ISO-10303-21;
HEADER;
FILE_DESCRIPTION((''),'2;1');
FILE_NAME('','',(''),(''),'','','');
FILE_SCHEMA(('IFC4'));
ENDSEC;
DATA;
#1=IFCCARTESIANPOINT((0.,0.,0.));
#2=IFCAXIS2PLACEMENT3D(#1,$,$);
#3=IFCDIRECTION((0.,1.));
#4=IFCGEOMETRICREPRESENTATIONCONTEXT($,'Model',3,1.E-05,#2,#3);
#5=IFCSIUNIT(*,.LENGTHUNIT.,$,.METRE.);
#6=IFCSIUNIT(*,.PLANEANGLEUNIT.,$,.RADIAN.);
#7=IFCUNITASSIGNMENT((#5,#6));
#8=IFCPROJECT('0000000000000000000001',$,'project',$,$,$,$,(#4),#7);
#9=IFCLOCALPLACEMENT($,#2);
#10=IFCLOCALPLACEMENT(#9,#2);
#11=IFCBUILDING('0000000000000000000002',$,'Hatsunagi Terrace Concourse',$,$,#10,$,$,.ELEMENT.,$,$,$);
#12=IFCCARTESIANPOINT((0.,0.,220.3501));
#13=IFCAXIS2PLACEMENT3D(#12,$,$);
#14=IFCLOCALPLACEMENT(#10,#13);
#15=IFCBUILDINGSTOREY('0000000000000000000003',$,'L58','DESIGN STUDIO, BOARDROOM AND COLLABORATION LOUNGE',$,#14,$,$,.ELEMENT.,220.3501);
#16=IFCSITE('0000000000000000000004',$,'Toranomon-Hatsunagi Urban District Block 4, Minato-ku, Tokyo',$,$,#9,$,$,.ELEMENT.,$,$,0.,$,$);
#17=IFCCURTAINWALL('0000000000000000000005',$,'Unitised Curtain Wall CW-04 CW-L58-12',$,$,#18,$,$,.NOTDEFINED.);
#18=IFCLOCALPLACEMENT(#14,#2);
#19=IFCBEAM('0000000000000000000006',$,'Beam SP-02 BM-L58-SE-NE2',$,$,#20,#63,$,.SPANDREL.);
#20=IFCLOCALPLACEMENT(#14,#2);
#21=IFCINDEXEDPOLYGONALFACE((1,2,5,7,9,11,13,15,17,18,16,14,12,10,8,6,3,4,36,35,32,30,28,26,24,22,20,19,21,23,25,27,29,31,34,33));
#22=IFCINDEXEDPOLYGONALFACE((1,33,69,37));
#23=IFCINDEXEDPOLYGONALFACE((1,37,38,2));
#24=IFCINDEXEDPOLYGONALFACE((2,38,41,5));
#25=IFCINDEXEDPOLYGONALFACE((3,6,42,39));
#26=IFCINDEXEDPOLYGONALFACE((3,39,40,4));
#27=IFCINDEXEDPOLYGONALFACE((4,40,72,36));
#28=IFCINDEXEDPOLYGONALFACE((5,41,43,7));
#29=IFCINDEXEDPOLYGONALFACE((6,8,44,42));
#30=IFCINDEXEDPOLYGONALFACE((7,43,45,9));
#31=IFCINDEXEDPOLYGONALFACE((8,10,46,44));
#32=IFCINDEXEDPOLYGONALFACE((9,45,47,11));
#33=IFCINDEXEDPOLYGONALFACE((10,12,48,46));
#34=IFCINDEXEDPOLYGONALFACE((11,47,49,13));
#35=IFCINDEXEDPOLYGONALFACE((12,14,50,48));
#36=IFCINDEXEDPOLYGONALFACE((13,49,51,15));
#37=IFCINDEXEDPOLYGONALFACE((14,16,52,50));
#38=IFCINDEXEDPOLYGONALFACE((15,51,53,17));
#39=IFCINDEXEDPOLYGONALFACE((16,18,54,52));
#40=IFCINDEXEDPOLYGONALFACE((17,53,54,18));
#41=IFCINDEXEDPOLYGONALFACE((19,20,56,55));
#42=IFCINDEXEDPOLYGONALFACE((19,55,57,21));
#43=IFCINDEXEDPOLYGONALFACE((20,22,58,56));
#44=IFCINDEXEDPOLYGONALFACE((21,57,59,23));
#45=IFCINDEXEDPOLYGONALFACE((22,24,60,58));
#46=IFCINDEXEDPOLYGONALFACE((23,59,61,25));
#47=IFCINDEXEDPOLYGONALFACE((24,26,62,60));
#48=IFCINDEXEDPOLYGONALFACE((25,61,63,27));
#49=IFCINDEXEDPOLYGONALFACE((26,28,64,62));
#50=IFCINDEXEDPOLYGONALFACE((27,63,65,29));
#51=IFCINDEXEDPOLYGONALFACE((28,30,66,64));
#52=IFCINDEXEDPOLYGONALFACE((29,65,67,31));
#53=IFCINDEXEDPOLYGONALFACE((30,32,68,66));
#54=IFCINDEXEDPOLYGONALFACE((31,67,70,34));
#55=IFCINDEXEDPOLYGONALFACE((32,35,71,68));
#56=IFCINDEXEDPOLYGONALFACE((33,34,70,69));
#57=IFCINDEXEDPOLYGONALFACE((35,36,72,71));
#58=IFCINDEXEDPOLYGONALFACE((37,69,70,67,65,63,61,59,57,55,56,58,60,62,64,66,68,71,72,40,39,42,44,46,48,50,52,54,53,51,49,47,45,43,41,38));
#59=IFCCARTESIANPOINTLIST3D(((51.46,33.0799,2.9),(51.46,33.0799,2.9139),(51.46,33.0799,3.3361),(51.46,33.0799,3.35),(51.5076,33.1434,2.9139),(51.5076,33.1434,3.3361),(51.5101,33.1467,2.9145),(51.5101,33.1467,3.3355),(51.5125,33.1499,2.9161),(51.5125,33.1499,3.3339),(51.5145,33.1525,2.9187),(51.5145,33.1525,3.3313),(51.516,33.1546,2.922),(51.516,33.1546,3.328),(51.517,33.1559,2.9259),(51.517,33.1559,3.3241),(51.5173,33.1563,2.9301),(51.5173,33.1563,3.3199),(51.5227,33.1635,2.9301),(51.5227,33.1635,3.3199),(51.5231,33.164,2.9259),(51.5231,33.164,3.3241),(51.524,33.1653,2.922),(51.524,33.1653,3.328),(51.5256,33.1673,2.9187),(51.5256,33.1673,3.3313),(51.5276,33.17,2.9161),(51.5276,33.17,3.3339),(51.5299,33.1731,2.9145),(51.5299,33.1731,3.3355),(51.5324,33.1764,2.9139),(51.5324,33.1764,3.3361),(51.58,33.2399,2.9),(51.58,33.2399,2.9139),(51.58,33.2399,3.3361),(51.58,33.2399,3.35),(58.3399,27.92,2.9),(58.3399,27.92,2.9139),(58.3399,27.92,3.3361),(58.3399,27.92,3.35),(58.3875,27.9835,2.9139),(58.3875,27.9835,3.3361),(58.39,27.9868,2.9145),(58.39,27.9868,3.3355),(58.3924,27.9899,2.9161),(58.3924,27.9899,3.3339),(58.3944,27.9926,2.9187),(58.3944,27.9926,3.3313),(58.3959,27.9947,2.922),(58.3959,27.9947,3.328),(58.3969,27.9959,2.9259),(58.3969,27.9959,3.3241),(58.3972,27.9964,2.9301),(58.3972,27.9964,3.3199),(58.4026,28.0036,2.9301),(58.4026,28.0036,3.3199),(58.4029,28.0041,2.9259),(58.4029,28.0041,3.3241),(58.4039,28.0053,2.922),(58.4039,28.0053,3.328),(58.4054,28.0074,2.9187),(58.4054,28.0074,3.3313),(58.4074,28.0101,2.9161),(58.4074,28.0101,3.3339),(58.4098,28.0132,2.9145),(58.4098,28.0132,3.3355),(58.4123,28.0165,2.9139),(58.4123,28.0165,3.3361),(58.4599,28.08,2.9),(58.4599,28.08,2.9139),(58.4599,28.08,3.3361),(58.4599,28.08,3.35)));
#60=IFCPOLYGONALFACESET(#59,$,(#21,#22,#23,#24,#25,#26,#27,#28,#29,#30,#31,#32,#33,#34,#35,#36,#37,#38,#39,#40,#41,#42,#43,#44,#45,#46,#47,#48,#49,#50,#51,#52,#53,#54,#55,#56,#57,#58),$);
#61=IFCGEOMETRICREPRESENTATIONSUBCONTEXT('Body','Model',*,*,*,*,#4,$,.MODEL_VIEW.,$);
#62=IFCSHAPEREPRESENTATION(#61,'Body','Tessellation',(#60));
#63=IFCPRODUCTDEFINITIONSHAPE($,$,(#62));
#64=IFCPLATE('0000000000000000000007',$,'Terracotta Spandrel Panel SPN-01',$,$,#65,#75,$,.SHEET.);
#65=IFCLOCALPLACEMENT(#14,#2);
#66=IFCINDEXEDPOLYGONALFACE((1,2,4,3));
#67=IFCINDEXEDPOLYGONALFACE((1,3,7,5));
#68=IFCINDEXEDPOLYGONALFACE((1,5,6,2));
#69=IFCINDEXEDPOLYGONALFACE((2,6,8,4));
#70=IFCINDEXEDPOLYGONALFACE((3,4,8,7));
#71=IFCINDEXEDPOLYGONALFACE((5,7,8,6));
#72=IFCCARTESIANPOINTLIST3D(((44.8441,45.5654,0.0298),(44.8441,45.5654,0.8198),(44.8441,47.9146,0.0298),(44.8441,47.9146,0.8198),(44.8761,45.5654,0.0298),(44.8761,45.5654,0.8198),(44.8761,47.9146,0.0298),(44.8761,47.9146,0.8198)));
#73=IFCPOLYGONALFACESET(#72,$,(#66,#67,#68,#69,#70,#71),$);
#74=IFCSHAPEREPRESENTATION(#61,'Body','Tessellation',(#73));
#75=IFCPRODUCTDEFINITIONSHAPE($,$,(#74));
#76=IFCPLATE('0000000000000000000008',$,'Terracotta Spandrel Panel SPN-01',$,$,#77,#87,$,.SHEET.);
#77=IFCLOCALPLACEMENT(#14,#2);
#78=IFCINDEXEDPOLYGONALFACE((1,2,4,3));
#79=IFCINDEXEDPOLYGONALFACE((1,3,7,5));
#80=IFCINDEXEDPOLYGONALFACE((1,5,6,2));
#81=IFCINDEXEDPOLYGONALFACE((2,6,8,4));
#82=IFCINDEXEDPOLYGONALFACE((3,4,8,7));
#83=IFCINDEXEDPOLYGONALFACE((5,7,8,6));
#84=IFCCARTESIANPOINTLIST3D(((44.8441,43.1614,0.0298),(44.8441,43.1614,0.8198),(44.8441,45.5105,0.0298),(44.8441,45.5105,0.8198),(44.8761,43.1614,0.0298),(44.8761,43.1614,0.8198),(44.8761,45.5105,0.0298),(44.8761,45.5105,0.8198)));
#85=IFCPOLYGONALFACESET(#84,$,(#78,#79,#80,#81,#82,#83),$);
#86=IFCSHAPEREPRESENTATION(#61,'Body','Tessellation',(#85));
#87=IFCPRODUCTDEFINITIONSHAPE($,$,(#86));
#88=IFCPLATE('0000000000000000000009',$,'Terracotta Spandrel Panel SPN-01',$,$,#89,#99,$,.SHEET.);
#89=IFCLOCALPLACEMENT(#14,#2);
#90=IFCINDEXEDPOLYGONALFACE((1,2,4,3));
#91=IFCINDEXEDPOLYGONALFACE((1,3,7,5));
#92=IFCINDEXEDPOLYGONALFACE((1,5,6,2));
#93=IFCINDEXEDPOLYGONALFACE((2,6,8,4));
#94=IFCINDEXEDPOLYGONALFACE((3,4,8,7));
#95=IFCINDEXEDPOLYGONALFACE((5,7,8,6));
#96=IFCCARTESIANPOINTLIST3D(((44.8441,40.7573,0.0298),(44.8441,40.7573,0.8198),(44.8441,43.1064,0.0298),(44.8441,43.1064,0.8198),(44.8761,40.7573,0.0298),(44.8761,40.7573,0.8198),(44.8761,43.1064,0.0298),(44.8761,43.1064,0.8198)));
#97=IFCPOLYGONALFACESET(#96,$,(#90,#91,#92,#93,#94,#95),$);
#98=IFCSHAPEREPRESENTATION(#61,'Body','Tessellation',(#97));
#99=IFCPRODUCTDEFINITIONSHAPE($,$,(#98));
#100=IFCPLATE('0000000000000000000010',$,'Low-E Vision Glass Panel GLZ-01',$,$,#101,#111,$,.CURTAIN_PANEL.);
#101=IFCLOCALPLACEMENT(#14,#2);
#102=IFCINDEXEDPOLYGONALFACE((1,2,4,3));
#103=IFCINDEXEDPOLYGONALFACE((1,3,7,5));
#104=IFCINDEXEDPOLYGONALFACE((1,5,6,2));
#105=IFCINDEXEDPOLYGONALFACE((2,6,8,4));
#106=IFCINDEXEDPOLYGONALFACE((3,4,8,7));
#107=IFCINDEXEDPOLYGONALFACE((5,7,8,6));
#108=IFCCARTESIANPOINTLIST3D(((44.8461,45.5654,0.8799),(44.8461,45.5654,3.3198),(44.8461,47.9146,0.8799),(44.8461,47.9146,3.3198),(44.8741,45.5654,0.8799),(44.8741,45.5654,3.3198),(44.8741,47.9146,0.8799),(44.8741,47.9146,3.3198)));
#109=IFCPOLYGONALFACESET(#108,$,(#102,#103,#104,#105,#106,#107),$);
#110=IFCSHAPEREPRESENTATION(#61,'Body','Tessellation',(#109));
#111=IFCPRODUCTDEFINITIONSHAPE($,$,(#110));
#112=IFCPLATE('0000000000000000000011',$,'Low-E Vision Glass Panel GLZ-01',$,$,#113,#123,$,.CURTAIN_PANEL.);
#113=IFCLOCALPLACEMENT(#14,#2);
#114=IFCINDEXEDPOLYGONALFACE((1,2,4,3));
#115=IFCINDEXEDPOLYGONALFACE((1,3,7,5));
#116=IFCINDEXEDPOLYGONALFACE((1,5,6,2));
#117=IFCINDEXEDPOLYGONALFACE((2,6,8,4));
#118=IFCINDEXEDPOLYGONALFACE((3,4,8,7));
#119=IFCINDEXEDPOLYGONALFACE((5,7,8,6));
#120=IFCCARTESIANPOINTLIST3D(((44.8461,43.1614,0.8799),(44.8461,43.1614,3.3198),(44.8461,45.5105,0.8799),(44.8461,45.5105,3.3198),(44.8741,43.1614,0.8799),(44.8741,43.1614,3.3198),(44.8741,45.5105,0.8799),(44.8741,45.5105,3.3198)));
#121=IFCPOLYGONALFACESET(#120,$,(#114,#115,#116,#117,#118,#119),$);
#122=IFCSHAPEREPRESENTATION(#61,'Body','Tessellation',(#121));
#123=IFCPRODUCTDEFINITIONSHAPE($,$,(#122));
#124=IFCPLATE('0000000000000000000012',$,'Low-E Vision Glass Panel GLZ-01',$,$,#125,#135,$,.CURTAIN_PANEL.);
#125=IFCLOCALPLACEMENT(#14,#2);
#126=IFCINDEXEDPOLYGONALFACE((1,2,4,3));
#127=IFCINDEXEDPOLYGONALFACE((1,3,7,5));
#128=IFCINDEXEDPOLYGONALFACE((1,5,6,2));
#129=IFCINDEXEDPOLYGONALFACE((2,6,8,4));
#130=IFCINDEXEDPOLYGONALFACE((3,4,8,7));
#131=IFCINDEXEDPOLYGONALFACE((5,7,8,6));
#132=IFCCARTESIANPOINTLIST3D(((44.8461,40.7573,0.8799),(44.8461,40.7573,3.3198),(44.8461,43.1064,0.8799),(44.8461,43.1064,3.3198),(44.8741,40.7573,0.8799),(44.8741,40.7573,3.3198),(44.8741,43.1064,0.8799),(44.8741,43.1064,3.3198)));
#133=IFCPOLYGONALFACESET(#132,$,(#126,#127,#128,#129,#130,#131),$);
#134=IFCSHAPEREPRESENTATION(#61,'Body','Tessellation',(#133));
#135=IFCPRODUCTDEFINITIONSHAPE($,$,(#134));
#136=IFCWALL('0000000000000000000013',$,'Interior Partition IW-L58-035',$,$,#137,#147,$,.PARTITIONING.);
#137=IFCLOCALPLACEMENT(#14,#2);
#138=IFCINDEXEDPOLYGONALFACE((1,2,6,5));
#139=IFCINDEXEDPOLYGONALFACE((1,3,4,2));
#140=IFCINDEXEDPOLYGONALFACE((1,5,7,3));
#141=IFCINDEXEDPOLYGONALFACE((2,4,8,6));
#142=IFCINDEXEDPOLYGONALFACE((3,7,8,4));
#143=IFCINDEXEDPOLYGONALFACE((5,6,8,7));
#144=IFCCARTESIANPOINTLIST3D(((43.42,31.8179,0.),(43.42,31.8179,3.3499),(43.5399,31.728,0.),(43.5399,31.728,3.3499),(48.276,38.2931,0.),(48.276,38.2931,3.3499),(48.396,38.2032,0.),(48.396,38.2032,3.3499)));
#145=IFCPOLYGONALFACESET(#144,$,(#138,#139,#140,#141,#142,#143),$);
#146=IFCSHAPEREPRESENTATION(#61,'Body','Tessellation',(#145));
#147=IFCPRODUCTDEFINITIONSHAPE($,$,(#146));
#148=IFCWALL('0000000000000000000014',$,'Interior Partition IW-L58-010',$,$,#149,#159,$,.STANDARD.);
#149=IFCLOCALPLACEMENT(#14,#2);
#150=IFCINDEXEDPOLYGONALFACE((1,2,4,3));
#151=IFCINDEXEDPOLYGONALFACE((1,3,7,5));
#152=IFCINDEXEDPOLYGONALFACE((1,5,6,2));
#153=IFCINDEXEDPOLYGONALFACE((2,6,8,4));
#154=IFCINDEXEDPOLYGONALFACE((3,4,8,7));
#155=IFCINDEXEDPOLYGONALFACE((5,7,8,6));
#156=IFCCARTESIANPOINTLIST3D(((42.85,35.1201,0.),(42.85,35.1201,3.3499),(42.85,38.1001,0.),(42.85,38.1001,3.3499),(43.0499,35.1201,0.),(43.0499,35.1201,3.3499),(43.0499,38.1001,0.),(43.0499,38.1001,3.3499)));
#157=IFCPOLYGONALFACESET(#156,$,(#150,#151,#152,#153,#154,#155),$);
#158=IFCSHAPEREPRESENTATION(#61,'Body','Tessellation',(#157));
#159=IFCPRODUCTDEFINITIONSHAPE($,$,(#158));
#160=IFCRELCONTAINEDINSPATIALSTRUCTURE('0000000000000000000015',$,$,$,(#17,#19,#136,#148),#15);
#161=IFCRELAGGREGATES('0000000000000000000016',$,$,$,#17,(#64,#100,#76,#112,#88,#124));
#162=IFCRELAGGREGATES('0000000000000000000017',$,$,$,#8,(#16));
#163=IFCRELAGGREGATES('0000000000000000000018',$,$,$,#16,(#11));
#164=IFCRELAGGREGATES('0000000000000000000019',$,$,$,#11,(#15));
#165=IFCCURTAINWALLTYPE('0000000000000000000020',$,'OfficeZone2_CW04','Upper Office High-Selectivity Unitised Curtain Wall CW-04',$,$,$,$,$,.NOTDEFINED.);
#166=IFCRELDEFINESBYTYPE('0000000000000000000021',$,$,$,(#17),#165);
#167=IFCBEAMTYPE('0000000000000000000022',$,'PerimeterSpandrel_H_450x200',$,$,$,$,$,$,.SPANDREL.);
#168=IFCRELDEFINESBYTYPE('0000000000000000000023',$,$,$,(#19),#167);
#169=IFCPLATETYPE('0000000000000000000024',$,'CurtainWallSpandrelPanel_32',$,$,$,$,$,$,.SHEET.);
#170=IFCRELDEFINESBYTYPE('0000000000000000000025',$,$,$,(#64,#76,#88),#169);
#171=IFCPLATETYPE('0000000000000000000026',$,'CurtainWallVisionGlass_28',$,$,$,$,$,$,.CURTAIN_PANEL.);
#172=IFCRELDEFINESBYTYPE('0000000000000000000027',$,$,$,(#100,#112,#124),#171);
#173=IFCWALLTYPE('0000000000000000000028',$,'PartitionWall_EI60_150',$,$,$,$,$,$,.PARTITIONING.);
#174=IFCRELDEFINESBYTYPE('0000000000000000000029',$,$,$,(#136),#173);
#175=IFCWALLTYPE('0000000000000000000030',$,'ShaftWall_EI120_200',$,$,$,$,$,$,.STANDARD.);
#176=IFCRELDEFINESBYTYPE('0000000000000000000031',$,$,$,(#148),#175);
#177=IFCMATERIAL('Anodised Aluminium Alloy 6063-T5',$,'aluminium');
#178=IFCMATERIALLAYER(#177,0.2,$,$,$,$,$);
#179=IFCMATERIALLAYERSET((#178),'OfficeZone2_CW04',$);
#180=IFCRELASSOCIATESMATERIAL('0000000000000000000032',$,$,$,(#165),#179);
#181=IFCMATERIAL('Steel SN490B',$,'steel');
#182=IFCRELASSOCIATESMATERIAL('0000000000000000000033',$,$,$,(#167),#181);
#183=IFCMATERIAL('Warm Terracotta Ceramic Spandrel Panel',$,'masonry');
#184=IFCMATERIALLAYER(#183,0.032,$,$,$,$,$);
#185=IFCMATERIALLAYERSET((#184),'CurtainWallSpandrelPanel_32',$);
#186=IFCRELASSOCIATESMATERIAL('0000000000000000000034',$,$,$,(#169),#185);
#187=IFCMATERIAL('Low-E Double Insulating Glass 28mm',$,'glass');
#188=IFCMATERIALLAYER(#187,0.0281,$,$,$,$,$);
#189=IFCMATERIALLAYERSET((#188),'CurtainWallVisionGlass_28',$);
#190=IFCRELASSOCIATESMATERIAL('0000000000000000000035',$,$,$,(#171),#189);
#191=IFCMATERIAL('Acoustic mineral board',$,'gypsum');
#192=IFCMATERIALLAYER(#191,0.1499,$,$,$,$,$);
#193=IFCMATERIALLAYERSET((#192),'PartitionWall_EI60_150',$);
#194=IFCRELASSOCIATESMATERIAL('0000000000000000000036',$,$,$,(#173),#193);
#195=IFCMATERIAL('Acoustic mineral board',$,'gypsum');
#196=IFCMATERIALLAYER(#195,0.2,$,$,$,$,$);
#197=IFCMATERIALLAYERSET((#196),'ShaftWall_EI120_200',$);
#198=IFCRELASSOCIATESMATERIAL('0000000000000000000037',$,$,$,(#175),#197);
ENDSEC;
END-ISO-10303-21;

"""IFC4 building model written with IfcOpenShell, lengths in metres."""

from ifc_helpers import new_model, si_unit, direction, frame, frame_2d, origin, origin_2d, place, context, subcontext, project, spatial, rectangle, i_section, extrude, material, layer, layer_set, material_profile, profile_set, type_object, element, aggregate, save


model = new_model("IFC4")

# Units and contexts
model_context = context("Model", 3, precision=1e-05, world=origin(), true_north=direction((0.0, 1.0)))
body_context = subcontext(model_context, "Body", "Model", "MODEL_VIEW")
ifc_project = project(units=[si_unit("LENGTHUNIT", "METRE"), si_unit("PLANEANGLEUNIT", "RADIAN")], contexts=[model_context])

# Site, building, storey
site_placement = place(None, origin())
site = spatial("IfcSite", under=ifc_project, at=site_placement, Name="Toranomon-Hatsunagi Urban District Block 4, Minato-ku, Tokyo", CompositionType="ELEMENT", RefElevation=0.0)
building_placement = place(site_placement, origin())
building = spatial("IfcBuilding", under=site, at=building_placement, Name="Hatsunagi Terrace Concourse", CompositionType="ELEMENT")
storey_placement = place(building_placement, frame((0.0, 0.0, 220.3501)))
storey = spatial("IfcBuildingStorey", under=building, at=storey_placement, Name="L58", Description="DESIGN STUDIO, BOARDROOM AND COLLABORATION LOUNGE", CompositionType="ELEMENT", Elevation=220.3501)

# Curtain wall
ifc_material_1 = material(Name="Anodised Aluminium Alloy 6063-T5", Category="aluminium")
ifc_layer_1 = layer(ifc_material_1, 0.2)
ifc_layer_set_1 = layer_set([ifc_layer_1], Name="OfficeZone2_CW04")
curtain_wall_type = type_object("IfcCurtainWallType", Name="OfficeZone2_CW04", Description="Upper Office High-Selectivity Unitised Curtain Wall CW-04", PredefinedType="NOTDEFINED", material=ifc_layer_set_1)
curtain_wall_placement = place(storey_placement, origin())
curtain_wall = element("IfcCurtainWall", 1, at=curtain_wall_placement, inside=storey, type_object=curtain_wall_type, Name="Unitised Curtain Wall CW-04 CW-L58-12", PredefinedType="NOTDEFINED")

# Beam
ifc_material_2 = material(Name="Steel SN490B", Category="steel")
ifc_material_profile_1 = material_profile(ifc_material_2, i_section(OverallWidth=0.2, OverallDepth=0.45, WebThickness=0.009, FlangeThickness=0.0139, FilletRadius=0.0161, at=origin_2d()), Name="H-450x200x9x14")
ifc_profile_set_1 = profile_set([ifc_material_profile_1], Name="Steel SN490B")
beam_type_1 = type_object("IfcBeamType", Name="PerimeterSpandrel_H_450x200", PredefinedType="SPANDREL", material=ifc_profile_set_1)
beam_1_placement = place(storey_placement, frame((51.52, 33.1599, 3.125), z_axis=(0.8, -0.6, 0.0), x_axis=(0.6, 0.8, 0.0)))
element("IfcBeam", 2, at=beam_1_placement, inside=storey, type_object=beam_type_1, Name="Beam SP-02 BM-L58-SE-NE2", PredefinedType="SPANDREL", context=body_context, shape_type="SweptSolid", body=[
    extrude(i_section(OverallWidth=0.2, OverallDepth=0.45, WebThickness=0.009, FlangeThickness=0.0139, FilletRadius=0.0161, at=origin_2d()), origin(), (0.0, 0.0, 1.0), 8.5999),
])

# Plates
ifc_material_3 = material(Name="Warm Terracotta Ceramic Spandrel Panel", Category="masonry")
ifc_layer_2 = layer(ifc_material_3, 0.032)
ifc_layer_set_2 = layer_set([ifc_layer_2], Name="CurtainWallSpandrelPanel_32")
plate_type_1 = type_object("IfcPlateType", Name="CurtainWallSpandrelPanel_32", PredefinedType="SHEET", material=ifc_layer_set_2)
plate_1_placement = place(storey_placement, frame((44.8601, 46.74, 0.0298), z_axis=(0.0, 0.0, 1.0), x_axis=(0.0, -1.0, 0.0)))
plate_1 = element("IfcPlate", 3, at=plate_1_placement, type_object=plate_type_1, Name="Terracotta Spandrel Panel SPN-01", PredefinedType="SHEET", context=body_context, shape_type="SweptSolid", body=[
    extrude(rectangle(XDim=2.3491, YDim=0.032, at=origin_2d()), origin(), (0.0, 0.0, 1.0), 0.79),
])
plate_2_placement = place(storey_placement, frame((44.8601, 44.3359, 0.0298), z_axis=(0.0, 0.0, 1.0), x_axis=(0.0, -1.0, 0.0)))
plate_2 = element("IfcPlate", 4, at=plate_2_placement, type_object=plate_type_1, Name="Terracotta Spandrel Panel SPN-01", PredefinedType="SHEET", context=body_context, shape_type="SweptSolid", body=[
    extrude(rectangle(XDim=2.3491, YDim=0.032, at=origin_2d()), origin(), (0.0, 0.0, 1.0), 0.79),
])
plate_3_placement = place(storey_placement, frame((44.8601, 41.9319, 0.0298), z_axis=(0.0, 0.0, 1.0), x_axis=(0.0, -1.0, 0.0)))
plate_3 = element("IfcPlate", 5, at=plate_3_placement, type_object=plate_type_1, Name="Terracotta Spandrel Panel SPN-01", PredefinedType="SHEET", context=body_context, shape_type="SweptSolid", body=[
    extrude(rectangle(XDim=2.3491, YDim=0.032, at=origin_2d()), origin(), (0.0, 0.0, 1.0), 0.79),
])
ifc_material_4 = material(Name="Low-E Double Insulating Glass 28mm", Category="glass")
ifc_layer_3 = layer(ifc_material_4, 0.0281)
ifc_layer_set_3 = layer_set([ifc_layer_3], Name="CurtainWallVisionGlass_28")
plate_type_2 = type_object("IfcPlateType", Name="CurtainWallVisionGlass_28", PredefinedType="CURTAIN_PANEL", material=ifc_layer_set_3)
plate_4_placement = place(storey_placement, frame((44.8601, 46.74, 0.8799), z_axis=(0.0, 0.0, 1.0), x_axis=(0.0, -1.0, 0.0)))
plate_4 = element("IfcPlate", 6, at=plate_4_placement, type_object=plate_type_2, Name="Low-E Vision Glass Panel GLZ-01", PredefinedType="CURTAIN_PANEL", context=body_context, shape_type="SweptSolid", body=[
    extrude(rectangle(XDim=2.3491, YDim=0.0281, at=origin_2d()), origin(), (0.0, 0.0, 1.0), 2.4399),
])
plate_5_placement = place(storey_placement, frame((44.8601, 44.3359, 0.8799), z_axis=(0.0, 0.0, 1.0), x_axis=(0.0, -1.0, 0.0)))
plate_5 = element("IfcPlate", 7, at=plate_5_placement, type_object=plate_type_2, Name="Low-E Vision Glass Panel GLZ-01", PredefinedType="CURTAIN_PANEL", context=body_context, shape_type="SweptSolid", body=[
    extrude(rectangle(XDim=2.3491, YDim=0.0281, at=origin_2d()), origin(), (0.0, 0.0, 1.0), 2.4399),
])
plate_6_placement = place(storey_placement, frame((44.8601, 41.9319, 0.8799), z_axis=(0.0, 0.0, 1.0), x_axis=(0.0, -1.0, 0.0)))
plate_6 = element("IfcPlate", 8, at=plate_6_placement, type_object=plate_type_2, Name="Low-E Vision Glass Panel GLZ-01", PredefinedType="CURTAIN_PANEL", context=body_context, shape_type="SweptSolid", body=[
    extrude(rectangle(XDim=2.3491, YDim=0.0281, at=origin_2d()), origin(), (0.0, 0.0, 1.0), 2.4399),
])
aggregate(curtain_wall, [plate_1, plate_4, plate_2, plate_5, plate_3, plate_6])

# Walls
ifc_material_5 = material(Name="Acoustic mineral board", Category="gypsum")
ifc_layer_4 = layer(ifc_material_5, 0.1499)
ifc_layer_set_4 = layer_set([ifc_layer_4], Name="PartitionWall_EI60_150")
wall_type_1 = type_object("IfcWallType", Name="PartitionWall_EI60_150", PredefinedType="PARTITIONING", material=ifc_layer_set_4)
wall_1_placement = place(storey_placement, frame((43.48, 31.7729, 0.0), z_axis=(0.0, 0.0, 1.0), x_axis=(0.599971, 0.800022, 0.0)))
element("IfcWall", 9, at=wall_1_placement, inside=storey, type_object=wall_type_1, Name="Interior Partition IW-L58-035", PredefinedType="PARTITIONING", context=body_context, shape_type="SweptSolid", body=[
    extrude(rectangle(XDim=8.0938, YDim=0.1499, at=frame_2d((4.0469, 0.0))), origin(), (0.0, 0.0, 1.0), 3.3499),
])
ifc_material_6 = material(Name="Acoustic mineral board", Category="gypsum")
ifc_layer_5 = layer(ifc_material_6, 0.2)
ifc_layer_set_5 = layer_set([ifc_layer_5], Name="ShaftWall_EI120_200")
wall_type_2 = type_object("IfcWallType", Name="ShaftWall_EI120_200", PredefinedType="STANDARD", material=ifc_layer_set_5)
wall_2_placement = place(storey_placement, frame((42.95, 35.1201, 0.0), z_axis=(0.0, 0.0, 1.0), x_axis=(0.0, 1.0, 0.0)))
element("IfcWall", 10, at=wall_2_placement, inside=storey, type_object=wall_type_2, Name="Interior Partition IW-L58-010", PredefinedType="STANDARD", context=body_context, shape_type="SweptSolid", body=[
    extrude(rectangle(XDim=2.98, YDim=0.2, at=frame_2d((1.49, 0.0))), origin(), (0.0, 0.0, 1.0), 3.3499),
])

save(model, "model.ifc")
